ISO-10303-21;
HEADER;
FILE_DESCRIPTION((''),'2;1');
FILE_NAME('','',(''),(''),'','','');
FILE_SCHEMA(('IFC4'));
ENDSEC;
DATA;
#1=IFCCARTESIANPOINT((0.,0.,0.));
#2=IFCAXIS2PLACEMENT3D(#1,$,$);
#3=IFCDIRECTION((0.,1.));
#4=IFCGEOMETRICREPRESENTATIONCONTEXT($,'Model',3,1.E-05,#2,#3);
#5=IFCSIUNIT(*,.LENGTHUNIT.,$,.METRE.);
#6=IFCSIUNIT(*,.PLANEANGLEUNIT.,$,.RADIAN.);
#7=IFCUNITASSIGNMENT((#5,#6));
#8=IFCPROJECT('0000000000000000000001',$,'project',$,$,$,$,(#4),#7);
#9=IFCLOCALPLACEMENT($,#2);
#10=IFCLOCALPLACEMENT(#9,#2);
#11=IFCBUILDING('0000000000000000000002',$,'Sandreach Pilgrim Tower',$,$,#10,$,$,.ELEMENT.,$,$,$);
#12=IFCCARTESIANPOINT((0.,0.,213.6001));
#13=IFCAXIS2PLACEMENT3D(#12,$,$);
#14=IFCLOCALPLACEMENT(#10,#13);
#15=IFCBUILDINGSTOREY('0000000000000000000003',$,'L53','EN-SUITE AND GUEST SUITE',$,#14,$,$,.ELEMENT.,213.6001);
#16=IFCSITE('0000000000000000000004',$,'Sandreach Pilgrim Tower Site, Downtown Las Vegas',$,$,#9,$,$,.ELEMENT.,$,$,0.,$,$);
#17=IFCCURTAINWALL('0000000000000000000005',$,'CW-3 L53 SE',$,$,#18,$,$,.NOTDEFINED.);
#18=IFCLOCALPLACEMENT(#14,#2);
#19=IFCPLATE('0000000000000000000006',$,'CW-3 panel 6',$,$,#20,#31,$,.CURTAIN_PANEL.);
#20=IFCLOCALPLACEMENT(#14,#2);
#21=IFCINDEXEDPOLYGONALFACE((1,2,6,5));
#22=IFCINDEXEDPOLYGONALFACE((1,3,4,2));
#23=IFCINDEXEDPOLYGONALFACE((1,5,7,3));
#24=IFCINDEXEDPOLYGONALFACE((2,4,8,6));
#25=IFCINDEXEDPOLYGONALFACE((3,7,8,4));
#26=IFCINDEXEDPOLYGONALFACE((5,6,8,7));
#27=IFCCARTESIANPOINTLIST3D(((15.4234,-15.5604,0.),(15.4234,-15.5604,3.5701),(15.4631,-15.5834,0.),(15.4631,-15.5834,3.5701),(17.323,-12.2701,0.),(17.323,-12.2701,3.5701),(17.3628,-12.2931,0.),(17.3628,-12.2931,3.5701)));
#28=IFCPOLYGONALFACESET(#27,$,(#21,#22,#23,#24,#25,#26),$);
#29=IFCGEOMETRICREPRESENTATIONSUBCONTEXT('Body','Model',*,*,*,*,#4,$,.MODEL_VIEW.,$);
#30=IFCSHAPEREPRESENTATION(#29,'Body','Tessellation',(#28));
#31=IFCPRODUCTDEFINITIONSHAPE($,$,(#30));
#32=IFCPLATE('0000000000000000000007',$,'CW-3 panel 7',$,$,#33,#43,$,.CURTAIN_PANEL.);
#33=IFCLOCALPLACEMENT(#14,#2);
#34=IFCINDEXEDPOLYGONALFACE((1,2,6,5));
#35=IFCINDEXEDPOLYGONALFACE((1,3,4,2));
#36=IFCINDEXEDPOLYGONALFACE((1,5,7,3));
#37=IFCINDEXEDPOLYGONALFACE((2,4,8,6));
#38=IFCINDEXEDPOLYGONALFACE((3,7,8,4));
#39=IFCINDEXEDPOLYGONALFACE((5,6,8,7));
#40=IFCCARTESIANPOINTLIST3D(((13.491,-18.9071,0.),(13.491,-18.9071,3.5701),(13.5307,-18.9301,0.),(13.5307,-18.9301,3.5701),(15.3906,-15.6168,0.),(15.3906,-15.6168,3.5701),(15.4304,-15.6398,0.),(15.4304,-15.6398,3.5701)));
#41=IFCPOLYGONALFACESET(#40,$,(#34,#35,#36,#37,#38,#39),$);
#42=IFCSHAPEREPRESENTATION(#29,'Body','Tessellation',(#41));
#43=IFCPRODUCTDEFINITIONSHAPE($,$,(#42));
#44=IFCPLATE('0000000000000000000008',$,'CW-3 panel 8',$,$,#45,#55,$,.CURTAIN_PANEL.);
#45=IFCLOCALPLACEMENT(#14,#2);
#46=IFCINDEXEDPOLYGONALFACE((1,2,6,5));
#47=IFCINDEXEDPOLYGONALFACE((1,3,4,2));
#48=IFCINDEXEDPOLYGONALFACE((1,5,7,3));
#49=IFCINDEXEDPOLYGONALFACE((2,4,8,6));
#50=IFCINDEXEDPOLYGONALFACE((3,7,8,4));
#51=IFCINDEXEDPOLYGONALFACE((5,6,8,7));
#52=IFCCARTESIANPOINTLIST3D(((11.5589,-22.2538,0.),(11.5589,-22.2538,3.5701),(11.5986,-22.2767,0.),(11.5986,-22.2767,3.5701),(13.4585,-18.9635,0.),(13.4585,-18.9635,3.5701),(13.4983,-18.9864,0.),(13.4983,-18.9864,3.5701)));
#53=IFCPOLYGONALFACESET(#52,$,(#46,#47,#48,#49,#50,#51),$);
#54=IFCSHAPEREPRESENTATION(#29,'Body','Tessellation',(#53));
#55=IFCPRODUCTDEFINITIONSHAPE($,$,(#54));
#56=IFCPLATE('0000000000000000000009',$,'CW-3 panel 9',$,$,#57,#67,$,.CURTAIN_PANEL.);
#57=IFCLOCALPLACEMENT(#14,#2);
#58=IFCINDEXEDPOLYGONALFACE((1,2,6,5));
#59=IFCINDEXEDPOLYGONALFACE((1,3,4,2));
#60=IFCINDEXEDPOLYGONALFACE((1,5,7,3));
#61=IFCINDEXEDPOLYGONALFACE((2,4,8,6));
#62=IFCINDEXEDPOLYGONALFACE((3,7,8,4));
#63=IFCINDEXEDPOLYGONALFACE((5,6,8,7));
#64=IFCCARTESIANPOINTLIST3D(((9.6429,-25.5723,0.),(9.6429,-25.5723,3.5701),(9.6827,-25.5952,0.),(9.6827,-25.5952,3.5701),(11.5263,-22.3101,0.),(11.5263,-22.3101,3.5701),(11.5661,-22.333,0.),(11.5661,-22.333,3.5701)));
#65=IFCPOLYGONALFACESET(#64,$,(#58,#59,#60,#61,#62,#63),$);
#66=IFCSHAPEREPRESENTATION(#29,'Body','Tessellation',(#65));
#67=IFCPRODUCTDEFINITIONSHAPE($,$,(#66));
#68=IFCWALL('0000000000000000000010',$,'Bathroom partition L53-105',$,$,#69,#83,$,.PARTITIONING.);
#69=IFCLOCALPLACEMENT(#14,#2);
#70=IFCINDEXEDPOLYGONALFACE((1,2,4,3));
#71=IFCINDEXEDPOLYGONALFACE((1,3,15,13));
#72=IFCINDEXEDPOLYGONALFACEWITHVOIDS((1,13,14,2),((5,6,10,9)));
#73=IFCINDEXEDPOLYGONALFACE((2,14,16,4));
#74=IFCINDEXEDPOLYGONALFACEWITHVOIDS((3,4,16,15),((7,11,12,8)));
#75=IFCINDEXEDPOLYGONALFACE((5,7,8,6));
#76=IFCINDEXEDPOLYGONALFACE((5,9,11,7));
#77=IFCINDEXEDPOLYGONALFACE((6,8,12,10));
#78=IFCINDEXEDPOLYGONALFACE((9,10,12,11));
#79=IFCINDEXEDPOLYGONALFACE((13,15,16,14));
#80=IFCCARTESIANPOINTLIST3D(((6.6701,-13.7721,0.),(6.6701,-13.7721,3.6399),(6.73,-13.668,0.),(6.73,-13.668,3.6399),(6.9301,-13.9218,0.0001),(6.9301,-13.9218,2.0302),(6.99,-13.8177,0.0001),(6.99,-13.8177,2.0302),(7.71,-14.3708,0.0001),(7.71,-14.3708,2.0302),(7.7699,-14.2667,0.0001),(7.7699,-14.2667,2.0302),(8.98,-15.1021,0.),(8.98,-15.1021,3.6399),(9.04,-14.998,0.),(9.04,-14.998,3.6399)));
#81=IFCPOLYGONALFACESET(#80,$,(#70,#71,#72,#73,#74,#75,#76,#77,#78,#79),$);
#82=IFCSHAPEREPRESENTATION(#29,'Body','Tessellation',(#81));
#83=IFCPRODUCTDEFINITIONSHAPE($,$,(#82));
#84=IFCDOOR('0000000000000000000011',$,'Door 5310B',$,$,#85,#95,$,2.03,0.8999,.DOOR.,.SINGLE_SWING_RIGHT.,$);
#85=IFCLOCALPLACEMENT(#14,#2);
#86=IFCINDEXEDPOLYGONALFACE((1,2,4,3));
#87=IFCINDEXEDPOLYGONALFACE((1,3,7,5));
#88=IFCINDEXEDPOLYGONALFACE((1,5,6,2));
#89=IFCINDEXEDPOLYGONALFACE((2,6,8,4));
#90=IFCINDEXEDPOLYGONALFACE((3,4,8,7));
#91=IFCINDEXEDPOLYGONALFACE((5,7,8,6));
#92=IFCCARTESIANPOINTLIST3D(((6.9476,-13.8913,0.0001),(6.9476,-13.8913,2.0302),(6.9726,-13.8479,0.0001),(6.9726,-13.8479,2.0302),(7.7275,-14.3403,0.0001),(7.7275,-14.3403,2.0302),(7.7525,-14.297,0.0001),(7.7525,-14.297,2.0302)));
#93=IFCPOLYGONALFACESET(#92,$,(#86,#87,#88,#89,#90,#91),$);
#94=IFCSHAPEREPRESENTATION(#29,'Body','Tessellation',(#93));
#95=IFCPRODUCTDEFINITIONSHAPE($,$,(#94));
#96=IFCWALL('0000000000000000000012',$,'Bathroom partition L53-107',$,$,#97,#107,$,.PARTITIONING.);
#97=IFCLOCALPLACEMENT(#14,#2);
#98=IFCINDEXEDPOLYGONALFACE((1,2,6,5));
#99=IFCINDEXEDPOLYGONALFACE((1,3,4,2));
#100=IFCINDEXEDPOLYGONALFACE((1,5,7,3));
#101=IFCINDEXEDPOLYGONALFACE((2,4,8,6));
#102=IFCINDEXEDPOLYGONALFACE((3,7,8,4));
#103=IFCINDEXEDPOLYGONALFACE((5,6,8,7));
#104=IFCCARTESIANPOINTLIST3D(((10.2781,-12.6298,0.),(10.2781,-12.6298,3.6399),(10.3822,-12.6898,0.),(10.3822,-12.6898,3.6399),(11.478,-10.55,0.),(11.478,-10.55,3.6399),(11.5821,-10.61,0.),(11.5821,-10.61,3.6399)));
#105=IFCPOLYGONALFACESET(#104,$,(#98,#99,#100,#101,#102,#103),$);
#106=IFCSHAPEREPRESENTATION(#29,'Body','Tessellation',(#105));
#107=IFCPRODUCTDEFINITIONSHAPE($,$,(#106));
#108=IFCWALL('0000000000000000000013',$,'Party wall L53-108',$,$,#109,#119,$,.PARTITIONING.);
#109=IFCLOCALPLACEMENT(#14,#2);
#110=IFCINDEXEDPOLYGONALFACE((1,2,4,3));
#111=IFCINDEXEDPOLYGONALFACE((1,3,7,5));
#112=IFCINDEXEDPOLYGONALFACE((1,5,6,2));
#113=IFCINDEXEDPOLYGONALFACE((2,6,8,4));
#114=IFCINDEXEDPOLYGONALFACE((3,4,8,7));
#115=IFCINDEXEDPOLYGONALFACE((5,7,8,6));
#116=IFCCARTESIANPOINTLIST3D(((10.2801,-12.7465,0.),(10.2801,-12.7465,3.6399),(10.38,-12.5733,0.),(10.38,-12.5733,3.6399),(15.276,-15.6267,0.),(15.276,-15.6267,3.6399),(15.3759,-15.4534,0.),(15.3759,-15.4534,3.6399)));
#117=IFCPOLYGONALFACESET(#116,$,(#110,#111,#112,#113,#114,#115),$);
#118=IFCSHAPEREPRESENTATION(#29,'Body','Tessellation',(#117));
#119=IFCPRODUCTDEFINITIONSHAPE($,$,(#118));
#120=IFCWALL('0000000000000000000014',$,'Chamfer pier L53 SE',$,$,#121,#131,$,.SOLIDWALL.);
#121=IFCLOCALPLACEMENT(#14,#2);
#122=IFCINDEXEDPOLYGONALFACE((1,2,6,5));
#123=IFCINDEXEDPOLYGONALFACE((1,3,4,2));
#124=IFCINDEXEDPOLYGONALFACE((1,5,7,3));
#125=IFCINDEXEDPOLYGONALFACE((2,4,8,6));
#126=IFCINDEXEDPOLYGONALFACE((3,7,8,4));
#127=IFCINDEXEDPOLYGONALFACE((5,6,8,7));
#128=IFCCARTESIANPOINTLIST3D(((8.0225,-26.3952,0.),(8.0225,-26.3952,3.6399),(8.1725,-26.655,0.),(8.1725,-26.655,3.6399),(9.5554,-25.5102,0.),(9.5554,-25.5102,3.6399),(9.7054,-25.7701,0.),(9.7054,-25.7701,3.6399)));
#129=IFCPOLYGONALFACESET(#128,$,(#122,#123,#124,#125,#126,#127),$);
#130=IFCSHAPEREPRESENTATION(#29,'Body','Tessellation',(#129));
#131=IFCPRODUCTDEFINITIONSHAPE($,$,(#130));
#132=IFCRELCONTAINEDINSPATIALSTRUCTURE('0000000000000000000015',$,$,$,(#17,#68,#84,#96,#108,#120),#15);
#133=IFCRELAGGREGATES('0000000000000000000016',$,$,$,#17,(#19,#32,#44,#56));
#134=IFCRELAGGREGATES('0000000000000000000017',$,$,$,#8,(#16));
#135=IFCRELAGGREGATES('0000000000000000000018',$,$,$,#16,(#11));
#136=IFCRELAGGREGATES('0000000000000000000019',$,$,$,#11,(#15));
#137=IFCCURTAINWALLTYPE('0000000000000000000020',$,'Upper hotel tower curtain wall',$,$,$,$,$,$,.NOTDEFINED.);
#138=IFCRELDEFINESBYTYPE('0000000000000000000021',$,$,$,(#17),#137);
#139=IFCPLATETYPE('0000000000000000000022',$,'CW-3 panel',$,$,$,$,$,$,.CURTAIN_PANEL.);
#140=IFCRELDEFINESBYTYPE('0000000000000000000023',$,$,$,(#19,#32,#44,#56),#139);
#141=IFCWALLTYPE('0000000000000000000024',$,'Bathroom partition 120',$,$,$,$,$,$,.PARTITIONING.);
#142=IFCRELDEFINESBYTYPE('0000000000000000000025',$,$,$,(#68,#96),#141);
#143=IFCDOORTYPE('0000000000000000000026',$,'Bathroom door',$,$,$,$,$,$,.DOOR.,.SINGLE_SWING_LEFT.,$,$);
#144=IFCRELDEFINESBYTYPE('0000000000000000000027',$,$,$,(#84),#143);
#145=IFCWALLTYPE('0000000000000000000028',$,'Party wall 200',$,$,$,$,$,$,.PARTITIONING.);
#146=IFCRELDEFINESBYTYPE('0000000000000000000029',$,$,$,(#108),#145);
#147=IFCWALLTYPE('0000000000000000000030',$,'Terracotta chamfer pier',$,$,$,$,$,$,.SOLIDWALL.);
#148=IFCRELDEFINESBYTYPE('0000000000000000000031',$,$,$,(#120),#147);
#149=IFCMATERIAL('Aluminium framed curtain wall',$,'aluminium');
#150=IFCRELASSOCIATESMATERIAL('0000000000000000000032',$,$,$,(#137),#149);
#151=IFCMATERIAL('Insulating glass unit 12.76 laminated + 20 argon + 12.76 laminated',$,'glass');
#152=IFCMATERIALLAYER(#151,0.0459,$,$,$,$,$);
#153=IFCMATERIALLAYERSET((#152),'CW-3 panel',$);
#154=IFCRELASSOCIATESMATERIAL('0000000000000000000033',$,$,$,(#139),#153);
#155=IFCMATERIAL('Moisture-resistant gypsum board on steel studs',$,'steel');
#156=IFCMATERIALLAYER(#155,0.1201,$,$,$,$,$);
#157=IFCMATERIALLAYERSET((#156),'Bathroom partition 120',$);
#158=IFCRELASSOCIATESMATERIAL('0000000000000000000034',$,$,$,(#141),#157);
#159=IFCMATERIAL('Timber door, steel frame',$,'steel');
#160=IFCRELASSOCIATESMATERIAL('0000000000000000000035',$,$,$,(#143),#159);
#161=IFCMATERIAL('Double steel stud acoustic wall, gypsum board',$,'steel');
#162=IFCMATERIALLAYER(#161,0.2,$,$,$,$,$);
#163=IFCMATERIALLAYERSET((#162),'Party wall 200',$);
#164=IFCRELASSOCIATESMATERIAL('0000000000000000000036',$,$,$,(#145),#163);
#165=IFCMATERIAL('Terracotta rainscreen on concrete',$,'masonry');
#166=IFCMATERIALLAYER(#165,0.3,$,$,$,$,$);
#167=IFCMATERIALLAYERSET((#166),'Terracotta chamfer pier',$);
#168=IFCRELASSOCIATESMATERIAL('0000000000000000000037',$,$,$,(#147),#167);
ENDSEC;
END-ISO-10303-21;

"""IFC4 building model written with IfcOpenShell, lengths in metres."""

from ifc_helpers import new_model, si_unit, direction, frame, frame_2d, origin, origin_2d, place, context, subcontext, project, spatial, rectangle, extrude, material, layer, layer_set, type_object, element, fill, aggregate, save


model = new_model("IFC4")

# Units and contexts
model_context = context("Model", 3, precision=1e-05, world=origin(), true_north=direction((0.0, 1.0)))
body_context = subcontext(model_context, "Body", "Model", "MODEL_VIEW")
ifc_project = project(units=[si_unit("LENGTHUNIT", "METRE"), si_unit("PLANEANGLEUNIT", "RADIAN")], contexts=[model_context])

# Site, building, storey
site_placement = place(None, origin())
site = spatial("IfcSite", under=ifc_project, at=site_placement, Name="Sandreach Pilgrim Tower Site, Downtown Las Vegas", CompositionType="ELEMENT", RefElevation=0.0)
building_placement = place(site_placement, origin())
building = spatial("IfcBuilding", under=site, at=building_placement, Name="Sandreach Pilgrim Tower", CompositionType="ELEMENT")
storey_placement = place(building_placement, frame((0.0, 0.0, 213.6001)))
storey = spatial("IfcBuildingStorey", under=building, at=storey_placement, Name="L53", Description="EN-SUITE AND GUEST SUITE", CompositionType="ELEMENT", Elevation=213.6001)

# Curtain wall
ifc_material_1 = material(Name="Aluminium framed curtain wall", Category="aluminium")
curtain_wall_type = type_object("IfcCurtainWallType", Name="Upper hotel tower curtain wall", PredefinedType="NOTDEFINED", material=ifc_material_1)
curtain_wall_1_placement = place(storey_placement, origin())
curtain_wall_1 = element("IfcCurtainWall", 1, at=curtain_wall_1_placement, inside=storey, type_object=curtain_wall_type, Name="CW-3 L53 SE", PredefinedType="NOTDEFINED")

# Plates
ifc_material_2 = material(Name="Insulating glass unit 12.76 laminated + 20 argon + 12.76 laminated", Category="glass")
ifc_layer_1 = layer(ifc_material_2, 0.0459)
ifc_layer_set_1 = layer_set([ifc_layer_1], Name="CW-3 panel")
plate_type = type_object("IfcPlateType", Name="CW-3 panel", PredefinedType="CURTAIN_PANEL", material=ifc_layer_set_1)
plate_1_placement = place(storey_placement, frame((16.3931, -13.9268, 0.0), z_axis=(0.0, 0.0, 1.0), x_axis=(-0.5, -0.866025, 0.0)))
plate_1 = element("IfcPlate", 2, at=plate_1_placement, type_object=plate_type, Name="CW-3 panel 6", PredefinedType="CURTAIN_PANEL", context=body_context, shape_type="SweptSolid", body=[
    extrude(rectangle(XDim=3.7993, YDim=0.0459, at=origin_2d()), origin(), (0.0, 0.0, 1.0), 3.5701),
])
plate_2_placement = place(storey_placement, frame((14.4607, -17.2734, 0.0), z_axis=(0.0, 0.0, 1.0), x_axis=(-0.5, -0.866025, 0.0)))
plate_2 = element("IfcPlate", 3, at=plate_2_placement, type_object=plate_type, Name="CW-3 panel 7", PredefinedType="CURTAIN_PANEL", context=body_context, shape_type="SweptSolid", body=[
    extrude(rectangle(XDim=3.7993, YDim=0.0459, at=origin_2d()), origin(), (0.0, 0.0, 1.0), 3.5701),
])
plate_3_placement = place(storey_placement, frame((12.5286, -20.6201, 0.0), z_axis=(0.0, 0.0, 1.0), x_axis=(-0.5, -0.866025, 0.0)))
plate_3 = element("IfcPlate", 4, at=plate_3_placement, type_object=plate_type, Name="CW-3 panel 8", PredefinedType="CURTAIN_PANEL", context=body_context, shape_type="SweptSolid", body=[
    extrude(rectangle(XDim=3.7993, YDim=0.0459, at=origin_2d()), origin(), (0.0, 0.0, 1.0), 3.5701),
])
plate_4_placement = place(storey_placement, frame((10.6045, -23.9526, 0.0), z_axis=(0.0, 0.0, 1.0), x_axis=(-0.5, -0.866025, 0.0)))
plate_4 = element("IfcPlate", 5, at=plate_4_placement, type_object=plate_type, Name="CW-3 panel 9", PredefinedType="CURTAIN_PANEL", context=body_context, shape_type="SweptSolid", body=[
    extrude(rectangle(XDim=3.7668, YDim=0.0459, at=origin_2d()), origin(), (0.0, 0.0, 1.0), 3.5701),
])
aggregate(curtain_wall_1, [plate_1, plate_2, plate_3, plate_4])

# Wall, opening, door
ifc_material_3 = material(Name="Moisture-resistant gypsum board on steel studs", Category="steel")
ifc_layer_2 = layer(ifc_material_3, 0.1201)
ifc_layer_set_2 = layer_set([ifc_layer_2], Name="Bathroom partition 120")
wall_type_1 = type_object("IfcWallType", Name="Bathroom partition 120", PredefinedType="PARTITIONING", material=ifc_layer_set_2)
wall_1_placement = place(storey_placement, frame((9.01, -15.05, 0.0), z_axis=(0.0, 0.0, 1.0), x_axis=(-0.866615, 0.498977, 0.0)))
wall_1 = element("IfcWall", 6, at=wall_1_placement, inside=storey, type_object=wall_type_1, Name="Bathroom partition L53-105", PredefinedType="PARTITIONING", context=body_context, shape_type="SweptSolid", body=[
    extrude(rectangle(XDim=2.6655, YDim=0.1201, at=frame_2d((1.3328, 0.0))), origin(), (0.0, 0.0, 1.0), 3.6399),
])
opening_placement = place(wall_1_placement, frame((1.4656, 0.0, 0.0)))
opening = element("IfcOpeningElement", 7, at=opening_placement, cuts=wall_1, PredefinedType="OPENING", context=body_context, shape_type="SweptSolid", body=[
    extrude(rectangle(XDim=0.8999, YDim=2.03, at=frame_2d((0.45, 1.0151))), frame((0.0, 0.0601, 0.0), z_axis=(0.0, -1.0, 0.0), x_axis=(1.0, 0.0, 0.0)), (0.0, 0.0, 1.0), 0.1201),
])
ifc_material_4 = material(Name="Timber door, steel frame", Category="steel")
door_type = type_object("IfcDoorType", Name="Bathroom door", OperationType="SINGLE_SWING_LEFT", PredefinedType="DOOR", material=ifc_material_4)
door_placement = place(opening_placement, origin())
door = element("IfcDoor", 8, at=door_placement, inside=storey, type_object=door_type, Name="Door 5310B", OperationType="SINGLE_SWING_RIGHT", OverallHeight=2.03, OverallWidth=0.8999, PredefinedType="DOOR", context=body_context, shape_type="SweptSolid", body=[
    extrude(rectangle(XDim=0.8999, YDim=2.03, at=frame_2d((0.45, 1.0151))), frame((0.0, 0.0249, 0.0), z_axis=(0.0, -1.0, 0.0), x_axis=(1.0, 0.0, 0.0)), (0.0, 0.0, 1.0), 0.05),
])
fill(opening, door)

# Walls
wall_2_placement = place(storey_placement, frame((10.3301, -12.6599, 0.0), z_axis=(0.0, 0.0, 1.0), x_axis=(0.499737, 0.866177, 0.0)))
element("IfcWall", 9, at=wall_2_placement, inside=storey, type_object=wall_type_1, Name="Bathroom partition L53-107", PredefinedType="PARTITIONING", context=body_context, shape_type="SweptSolid", body=[
    extrude(rectangle(XDim=2.4011, YDim=0.1201, at=frame_2d((1.2007, 0.0))), origin(), (0.0, 0.0, 1.0), 3.6399),
])
ifc_material_5 = material(Name="Double steel stud acoustic wall, gypsum board", Category="steel")
ifc_layer_3 = layer(ifc_material_5, 0.2)
ifc_layer_set_3 = layer_set([ifc_layer_3], Name="Party wall 200")
wall_type_2 = type_object("IfcWallType", Name="Party wall 200", PredefinedType="PARTITIONING", material=ifc_layer_set_3)
wall_3_placement = place(storey_placement, frame((10.3301, -12.6599, 0.0), z_axis=(0.0, 0.0, 1.0), x_axis=(0.866343, -0.49945, 0.0)))
element("IfcWall", 10, at=wall_3_placement, inside=storey, type_object=wall_type_2, Name="Party wall L53-108", PredefinedType="PARTITIONING", context=body_context, shape_type="SweptSolid", body=[
    extrude(rectangle(XDim=5.7666, YDim=0.2, at=frame_2d((2.8833, 0.0))), origin(), (0.0, 0.0, 1.0), 3.6399),
])
ifc_material_6 = material(Name="Terracotta rainscreen on concrete", Category="masonry")
ifc_layer_4 = layer(ifc_material_6, 0.3)
ifc_layer_set_4 = layer_set([ifc_layer_4], Name="Terracotta chamfer pier")
wall_type_3 = type_object("IfcWallType", Name="Terracotta chamfer pier", PredefinedType="SOLIDWALL", material=ifc_layer_set_4)
wall_4_placement = place(storey_placement, frame((9.6304, -25.6401, 0.0), z_axis=(0.0, 0.0, 1.0), x_axis=(-0.866036, -0.499981, 0.0)))
element("IfcWall", 11, at=wall_4_placement, inside=storey, type_object=wall_type_3, Name="Chamfer pier L53 SE", PredefinedType="SOLIDWALL", context=body_context, shape_type="SweptSolid", body=[
    extrude(rectangle(XDim=1.77, YDim=0.3, at=frame_2d((0.885, 0.0))), origin(), (0.0, 0.0, 1.0), 3.6399),
])

save(model, "model.ifc")
